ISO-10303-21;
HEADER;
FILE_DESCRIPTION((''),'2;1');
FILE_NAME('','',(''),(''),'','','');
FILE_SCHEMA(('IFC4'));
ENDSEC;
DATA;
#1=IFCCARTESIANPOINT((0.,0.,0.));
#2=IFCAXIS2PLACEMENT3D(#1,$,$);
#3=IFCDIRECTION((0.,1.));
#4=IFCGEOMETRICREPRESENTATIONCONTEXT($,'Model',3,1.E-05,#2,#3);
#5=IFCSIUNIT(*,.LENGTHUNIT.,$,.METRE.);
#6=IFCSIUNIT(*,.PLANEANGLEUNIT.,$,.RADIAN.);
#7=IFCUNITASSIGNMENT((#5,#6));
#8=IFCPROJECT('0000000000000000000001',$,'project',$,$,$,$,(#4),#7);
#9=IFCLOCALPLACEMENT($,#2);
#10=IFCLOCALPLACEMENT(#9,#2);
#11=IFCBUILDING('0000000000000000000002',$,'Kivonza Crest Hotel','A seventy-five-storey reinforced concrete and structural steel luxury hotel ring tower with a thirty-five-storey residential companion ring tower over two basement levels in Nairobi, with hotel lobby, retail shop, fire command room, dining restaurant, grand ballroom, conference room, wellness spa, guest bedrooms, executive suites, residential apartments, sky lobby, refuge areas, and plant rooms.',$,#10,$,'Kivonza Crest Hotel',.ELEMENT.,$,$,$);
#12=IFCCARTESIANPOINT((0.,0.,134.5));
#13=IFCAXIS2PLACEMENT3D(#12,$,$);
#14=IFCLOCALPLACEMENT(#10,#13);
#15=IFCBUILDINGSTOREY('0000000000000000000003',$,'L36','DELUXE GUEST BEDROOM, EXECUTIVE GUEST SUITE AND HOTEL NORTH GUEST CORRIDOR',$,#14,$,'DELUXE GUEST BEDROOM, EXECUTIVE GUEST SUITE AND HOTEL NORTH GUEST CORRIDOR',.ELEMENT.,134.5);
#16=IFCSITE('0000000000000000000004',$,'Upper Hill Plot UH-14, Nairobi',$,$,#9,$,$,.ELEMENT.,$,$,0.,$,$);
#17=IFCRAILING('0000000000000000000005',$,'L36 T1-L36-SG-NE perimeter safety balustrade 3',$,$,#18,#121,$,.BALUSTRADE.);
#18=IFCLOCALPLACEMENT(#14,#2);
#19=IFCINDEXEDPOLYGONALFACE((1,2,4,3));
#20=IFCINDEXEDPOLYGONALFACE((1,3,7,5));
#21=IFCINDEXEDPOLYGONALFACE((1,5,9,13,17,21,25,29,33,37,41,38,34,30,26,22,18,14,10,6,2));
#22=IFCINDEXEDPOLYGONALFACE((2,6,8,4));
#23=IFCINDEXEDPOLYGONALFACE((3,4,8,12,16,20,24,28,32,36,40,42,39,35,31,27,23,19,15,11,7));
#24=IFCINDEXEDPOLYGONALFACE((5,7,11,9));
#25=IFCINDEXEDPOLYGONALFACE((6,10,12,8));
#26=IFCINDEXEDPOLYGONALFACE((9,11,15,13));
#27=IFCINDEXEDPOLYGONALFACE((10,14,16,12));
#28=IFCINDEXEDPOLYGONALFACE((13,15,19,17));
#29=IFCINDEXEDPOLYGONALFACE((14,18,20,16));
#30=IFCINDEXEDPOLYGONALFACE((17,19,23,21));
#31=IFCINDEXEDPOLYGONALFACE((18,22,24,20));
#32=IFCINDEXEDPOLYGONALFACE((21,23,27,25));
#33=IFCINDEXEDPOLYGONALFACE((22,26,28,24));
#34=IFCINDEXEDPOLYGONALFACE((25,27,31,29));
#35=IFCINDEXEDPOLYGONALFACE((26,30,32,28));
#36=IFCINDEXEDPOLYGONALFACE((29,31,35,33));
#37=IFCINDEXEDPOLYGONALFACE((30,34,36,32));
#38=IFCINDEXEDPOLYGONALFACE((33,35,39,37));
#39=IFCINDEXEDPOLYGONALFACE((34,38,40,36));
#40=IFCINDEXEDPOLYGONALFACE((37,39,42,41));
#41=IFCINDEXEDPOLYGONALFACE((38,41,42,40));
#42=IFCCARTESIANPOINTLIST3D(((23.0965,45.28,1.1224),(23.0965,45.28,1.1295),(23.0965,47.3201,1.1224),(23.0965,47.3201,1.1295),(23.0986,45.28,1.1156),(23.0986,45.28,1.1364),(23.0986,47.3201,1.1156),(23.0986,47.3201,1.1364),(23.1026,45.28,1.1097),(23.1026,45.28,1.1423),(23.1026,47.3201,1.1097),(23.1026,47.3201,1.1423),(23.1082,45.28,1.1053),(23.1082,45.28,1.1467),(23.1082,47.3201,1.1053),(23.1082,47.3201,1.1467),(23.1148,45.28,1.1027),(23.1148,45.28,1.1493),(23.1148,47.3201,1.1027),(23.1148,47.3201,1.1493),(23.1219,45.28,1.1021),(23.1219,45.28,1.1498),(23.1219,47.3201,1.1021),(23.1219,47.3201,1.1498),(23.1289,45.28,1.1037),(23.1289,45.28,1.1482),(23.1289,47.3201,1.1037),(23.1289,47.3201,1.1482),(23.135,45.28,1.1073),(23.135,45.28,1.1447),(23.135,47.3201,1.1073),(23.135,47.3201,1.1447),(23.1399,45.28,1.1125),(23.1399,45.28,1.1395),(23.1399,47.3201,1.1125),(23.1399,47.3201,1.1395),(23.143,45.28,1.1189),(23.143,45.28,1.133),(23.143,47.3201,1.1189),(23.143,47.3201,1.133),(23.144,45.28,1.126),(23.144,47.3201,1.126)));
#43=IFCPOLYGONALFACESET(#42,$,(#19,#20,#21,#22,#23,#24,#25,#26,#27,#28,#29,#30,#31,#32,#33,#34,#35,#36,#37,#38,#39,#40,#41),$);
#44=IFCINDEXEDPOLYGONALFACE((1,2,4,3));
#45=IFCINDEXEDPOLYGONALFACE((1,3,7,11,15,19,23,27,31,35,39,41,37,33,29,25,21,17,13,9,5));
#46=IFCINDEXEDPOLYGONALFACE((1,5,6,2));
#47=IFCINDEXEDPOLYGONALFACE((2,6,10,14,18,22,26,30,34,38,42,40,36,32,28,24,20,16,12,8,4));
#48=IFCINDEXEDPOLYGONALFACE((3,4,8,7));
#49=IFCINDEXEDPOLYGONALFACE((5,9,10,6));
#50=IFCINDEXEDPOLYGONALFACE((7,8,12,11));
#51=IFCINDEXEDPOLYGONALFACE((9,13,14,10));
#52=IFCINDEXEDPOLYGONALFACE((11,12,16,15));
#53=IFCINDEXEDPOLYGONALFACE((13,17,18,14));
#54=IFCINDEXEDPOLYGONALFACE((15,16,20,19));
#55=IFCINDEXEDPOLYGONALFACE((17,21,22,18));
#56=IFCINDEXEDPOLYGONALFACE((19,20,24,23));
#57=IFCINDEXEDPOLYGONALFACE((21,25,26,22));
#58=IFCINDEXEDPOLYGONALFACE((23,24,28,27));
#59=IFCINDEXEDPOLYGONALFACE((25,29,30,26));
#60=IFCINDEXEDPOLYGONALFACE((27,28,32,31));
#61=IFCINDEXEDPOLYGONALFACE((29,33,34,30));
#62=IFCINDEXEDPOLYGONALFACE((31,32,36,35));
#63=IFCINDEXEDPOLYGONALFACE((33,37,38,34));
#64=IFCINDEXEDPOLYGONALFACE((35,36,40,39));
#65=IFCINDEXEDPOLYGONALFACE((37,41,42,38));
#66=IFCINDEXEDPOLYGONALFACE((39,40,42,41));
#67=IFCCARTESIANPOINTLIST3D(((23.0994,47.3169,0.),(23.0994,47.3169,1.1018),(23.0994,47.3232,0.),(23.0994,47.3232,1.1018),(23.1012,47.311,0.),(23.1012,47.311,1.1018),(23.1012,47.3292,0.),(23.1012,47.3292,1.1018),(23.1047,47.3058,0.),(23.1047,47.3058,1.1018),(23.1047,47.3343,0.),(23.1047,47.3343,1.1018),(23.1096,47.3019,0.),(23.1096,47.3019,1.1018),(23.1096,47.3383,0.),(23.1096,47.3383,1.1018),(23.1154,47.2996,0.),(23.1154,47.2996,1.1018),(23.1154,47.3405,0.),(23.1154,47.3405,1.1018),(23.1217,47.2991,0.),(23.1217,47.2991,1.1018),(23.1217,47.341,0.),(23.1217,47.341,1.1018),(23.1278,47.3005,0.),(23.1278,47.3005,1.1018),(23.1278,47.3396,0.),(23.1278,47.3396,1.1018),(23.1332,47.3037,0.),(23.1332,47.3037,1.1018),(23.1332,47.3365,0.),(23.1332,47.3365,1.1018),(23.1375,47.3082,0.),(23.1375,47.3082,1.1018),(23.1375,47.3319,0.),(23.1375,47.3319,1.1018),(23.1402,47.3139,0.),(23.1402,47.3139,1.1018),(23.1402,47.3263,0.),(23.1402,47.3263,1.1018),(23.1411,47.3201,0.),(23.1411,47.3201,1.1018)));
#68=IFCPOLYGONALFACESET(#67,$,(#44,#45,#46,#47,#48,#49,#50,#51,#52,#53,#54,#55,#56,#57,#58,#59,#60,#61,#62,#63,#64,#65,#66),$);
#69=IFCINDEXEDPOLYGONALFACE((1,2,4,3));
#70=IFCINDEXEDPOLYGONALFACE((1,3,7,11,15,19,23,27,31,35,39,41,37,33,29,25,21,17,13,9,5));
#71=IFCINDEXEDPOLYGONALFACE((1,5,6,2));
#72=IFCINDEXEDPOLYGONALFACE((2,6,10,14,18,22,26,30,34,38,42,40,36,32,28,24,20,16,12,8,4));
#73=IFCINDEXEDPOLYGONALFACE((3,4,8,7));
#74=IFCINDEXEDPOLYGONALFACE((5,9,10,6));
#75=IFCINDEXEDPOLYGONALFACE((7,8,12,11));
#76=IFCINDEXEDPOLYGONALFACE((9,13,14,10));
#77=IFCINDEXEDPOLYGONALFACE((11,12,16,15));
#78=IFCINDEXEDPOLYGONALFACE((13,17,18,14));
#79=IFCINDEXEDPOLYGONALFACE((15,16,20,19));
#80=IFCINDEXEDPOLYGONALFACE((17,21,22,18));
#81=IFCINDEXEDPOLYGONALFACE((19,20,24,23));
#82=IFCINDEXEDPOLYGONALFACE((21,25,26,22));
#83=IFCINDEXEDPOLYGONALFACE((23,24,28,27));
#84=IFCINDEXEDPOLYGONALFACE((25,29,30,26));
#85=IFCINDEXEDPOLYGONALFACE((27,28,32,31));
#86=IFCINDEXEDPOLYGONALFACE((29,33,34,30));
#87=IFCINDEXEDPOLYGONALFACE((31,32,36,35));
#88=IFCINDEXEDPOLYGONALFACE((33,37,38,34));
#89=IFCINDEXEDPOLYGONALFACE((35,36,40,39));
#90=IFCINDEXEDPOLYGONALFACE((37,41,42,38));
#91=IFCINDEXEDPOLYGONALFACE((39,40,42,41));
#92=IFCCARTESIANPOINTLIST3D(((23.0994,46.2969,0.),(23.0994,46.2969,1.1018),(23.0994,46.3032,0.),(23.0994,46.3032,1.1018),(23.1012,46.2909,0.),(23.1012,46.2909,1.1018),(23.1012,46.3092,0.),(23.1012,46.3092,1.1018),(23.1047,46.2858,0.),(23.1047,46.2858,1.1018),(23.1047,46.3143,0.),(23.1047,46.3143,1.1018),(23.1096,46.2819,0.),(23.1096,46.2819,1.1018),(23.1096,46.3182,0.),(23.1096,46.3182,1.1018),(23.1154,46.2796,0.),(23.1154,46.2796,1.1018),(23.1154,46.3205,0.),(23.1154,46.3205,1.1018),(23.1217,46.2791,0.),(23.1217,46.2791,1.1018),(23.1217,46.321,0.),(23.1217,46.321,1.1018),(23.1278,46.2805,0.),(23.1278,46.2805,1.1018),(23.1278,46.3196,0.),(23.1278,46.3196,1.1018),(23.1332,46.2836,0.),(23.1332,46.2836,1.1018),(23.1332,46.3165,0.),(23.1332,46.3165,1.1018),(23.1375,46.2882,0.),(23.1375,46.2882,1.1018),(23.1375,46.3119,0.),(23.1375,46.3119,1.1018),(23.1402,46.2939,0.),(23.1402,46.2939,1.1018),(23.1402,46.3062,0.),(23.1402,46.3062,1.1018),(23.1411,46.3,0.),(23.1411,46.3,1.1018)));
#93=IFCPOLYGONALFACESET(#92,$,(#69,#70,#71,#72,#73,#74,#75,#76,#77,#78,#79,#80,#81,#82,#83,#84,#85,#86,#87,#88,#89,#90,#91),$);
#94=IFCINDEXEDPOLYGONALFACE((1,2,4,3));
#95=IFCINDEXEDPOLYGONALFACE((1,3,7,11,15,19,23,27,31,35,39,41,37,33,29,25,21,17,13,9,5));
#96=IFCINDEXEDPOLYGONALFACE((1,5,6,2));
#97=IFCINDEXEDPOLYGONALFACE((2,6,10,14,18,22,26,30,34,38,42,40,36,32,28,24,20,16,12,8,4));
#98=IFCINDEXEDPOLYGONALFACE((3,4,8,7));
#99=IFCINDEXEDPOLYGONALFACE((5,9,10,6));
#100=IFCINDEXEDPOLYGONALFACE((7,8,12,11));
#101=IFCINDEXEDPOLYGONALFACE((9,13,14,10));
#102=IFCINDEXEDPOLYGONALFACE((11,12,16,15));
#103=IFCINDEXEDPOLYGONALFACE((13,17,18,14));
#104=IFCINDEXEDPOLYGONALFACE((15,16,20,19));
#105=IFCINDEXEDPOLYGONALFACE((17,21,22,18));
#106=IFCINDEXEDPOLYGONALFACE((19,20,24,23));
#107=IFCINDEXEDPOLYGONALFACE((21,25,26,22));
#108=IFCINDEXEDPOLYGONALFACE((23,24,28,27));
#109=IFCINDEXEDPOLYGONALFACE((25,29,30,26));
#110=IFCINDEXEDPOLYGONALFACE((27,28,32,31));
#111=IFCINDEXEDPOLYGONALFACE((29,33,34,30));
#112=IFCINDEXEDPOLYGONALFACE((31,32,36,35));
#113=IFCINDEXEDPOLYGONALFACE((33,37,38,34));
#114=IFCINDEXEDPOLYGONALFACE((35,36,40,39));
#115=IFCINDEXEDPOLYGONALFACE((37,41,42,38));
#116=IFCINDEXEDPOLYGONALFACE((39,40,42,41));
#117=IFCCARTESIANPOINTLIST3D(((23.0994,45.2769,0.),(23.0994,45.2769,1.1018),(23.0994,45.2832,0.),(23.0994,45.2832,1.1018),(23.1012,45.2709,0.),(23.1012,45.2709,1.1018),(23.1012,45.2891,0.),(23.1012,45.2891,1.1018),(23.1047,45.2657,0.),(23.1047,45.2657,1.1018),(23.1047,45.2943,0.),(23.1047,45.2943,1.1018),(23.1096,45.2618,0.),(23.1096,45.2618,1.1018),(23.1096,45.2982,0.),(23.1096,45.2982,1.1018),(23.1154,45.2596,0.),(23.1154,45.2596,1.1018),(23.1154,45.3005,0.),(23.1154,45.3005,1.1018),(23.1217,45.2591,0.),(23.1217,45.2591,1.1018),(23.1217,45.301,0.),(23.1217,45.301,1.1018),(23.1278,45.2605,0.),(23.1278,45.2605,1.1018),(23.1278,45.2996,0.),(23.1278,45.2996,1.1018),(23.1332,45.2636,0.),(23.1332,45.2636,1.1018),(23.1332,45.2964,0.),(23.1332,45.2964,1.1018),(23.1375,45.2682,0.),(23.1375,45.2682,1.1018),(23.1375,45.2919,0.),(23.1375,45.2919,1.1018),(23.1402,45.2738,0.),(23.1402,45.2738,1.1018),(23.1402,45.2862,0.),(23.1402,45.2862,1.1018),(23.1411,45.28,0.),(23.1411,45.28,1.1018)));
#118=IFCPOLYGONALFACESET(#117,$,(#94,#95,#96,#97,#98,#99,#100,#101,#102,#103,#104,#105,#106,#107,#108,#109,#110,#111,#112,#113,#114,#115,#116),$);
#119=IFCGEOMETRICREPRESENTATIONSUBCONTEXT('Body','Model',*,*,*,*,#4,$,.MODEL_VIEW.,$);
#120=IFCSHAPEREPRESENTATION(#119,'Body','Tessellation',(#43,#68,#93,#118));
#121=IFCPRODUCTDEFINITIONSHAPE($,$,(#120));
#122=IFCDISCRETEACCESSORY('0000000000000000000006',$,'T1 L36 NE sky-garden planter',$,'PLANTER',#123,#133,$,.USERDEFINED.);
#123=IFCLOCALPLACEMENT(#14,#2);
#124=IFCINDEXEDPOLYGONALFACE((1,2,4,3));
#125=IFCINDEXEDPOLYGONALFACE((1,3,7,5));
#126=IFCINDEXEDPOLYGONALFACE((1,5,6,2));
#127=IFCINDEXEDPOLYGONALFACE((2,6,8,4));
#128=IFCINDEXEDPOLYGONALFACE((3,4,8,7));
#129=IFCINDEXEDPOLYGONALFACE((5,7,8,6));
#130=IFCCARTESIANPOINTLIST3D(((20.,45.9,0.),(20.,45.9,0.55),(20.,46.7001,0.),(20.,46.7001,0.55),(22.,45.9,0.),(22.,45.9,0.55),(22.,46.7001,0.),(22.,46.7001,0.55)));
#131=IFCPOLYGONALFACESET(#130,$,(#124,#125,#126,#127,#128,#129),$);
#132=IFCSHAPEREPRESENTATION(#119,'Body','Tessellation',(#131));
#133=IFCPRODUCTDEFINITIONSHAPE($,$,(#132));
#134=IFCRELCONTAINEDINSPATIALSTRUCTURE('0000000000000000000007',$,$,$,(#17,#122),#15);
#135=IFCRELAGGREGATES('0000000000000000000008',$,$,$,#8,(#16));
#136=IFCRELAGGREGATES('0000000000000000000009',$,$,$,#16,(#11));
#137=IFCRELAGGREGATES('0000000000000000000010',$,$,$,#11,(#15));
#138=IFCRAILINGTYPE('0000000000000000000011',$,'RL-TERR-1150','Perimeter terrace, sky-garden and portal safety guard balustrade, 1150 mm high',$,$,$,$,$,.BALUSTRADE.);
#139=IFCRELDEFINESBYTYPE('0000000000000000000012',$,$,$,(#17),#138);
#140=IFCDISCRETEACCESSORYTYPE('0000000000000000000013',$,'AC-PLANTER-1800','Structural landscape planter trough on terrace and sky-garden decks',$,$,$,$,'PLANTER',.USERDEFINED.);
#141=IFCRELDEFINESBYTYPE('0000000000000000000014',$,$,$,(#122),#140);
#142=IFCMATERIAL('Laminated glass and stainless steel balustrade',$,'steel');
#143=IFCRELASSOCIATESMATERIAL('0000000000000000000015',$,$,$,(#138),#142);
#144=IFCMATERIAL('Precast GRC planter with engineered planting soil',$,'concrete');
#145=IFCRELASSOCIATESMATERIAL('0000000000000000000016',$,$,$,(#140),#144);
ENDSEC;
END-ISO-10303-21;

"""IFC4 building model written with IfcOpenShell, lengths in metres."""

from ifc_helpers import new_model, si_unit, direction, frame, origin, origin_2d, place, context, subcontext, project, spatial, rectangle, circle, extrude, material, type_object, element, save


model = new_model("IFC4")

# Units and contexts
model_context = context("Model", 3, precision=1e-05, world=origin(), true_north=direction((0.0, 1.0)))
body_context = subcontext(model_context, "Body", "Model", "MODEL_VIEW")
ifc_project = project(units=[si_unit("LENGTHUNIT", "METRE"), si_unit("PLANEANGLEUNIT", "RADIAN")], contexts=[model_context])

# Site, building, storey
site_placement = place(None, origin())
site = spatial("IfcSite", under=ifc_project, at=site_placement, Name="Upper Hill Plot UH-14, Nairobi", CompositionType="ELEMENT", RefElevation=0.0)
building_placement = place(site_placement, origin())
building = spatial("IfcBuilding", under=site, at=building_placement, Name="Kivonza Crest Hotel", Description="A seventy-five-storey reinforced concrete and structural steel luxury hotel ring tower with a thirty-five-storey residential companion ring tower over two basement levels in Nairobi, with hotel lobby, retail shop, fire command room, dining restaurant, grand ballroom, conference room, wellness spa, guest bedrooms, executive suites, residential apartments, sky lobby, refuge areas, and plant rooms.", LongName="Kivonza Crest Hotel", CompositionType="ELEMENT")
storey_placement = place(building_placement, frame((0.0, 0.0, 134.5)))
storey = spatial("IfcBuildingStorey", under=building, at=storey_placement, Name="L36", Description="DELUXE GUEST BEDROOM, EXECUTIVE GUEST SUITE AND HOTEL NORTH GUEST CORRIDOR", LongName="DELUXE GUEST BEDROOM, EXECUTIVE GUEST SUITE AND HOTEL NORTH GUEST CORRIDOR", CompositionType="ELEMENT", Elevation=134.5)

# Railing
ifc_material_1 = material(Name="Laminated glass and stainless steel balustrade", Category="steel")
railing_type = type_object("IfcRailingType", Name="RL-TERR-1150", Description="Perimeter terrace, sky-garden and portal safety guard balustrade, 1150 mm high", PredefinedType="BALUSTRADE", material=ifc_material_1)
railing_1_placement = place(storey_placement, frame((23.1201, 47.3201, 0.0)))
element("IfcRailing", 1, at=railing_1_placement, inside=storey, type_object=railing_type, Name="L36 T1-L36-SG-NE perimeter safety balustrade 3", PredefinedType="BALUSTRADE", context=body_context, shape_type="SweptSolid", body=[
    extrude(circle(Radius=0.0239, at=origin_2d()), frame((0.0, 0.0, 1.126), z_axis=(0.0, -1.0, 0.0), x_axis=(1.0, 0.0, 0.0)), (0.0, 0.0, 1.0), 2.04),
    extrude(circle(Radius=0.021, at=origin_2d()), origin(), (0.0, 0.0, 1.0), 1.1018),
    extrude(circle(Radius=0.021, at=origin_2d()), frame((0.0, -1.02, 0.0)), (0.0, 0.0, 1.0), 1.1018),
    extrude(circle(Radius=0.021, at=origin_2d()), frame((0.0, -2.04, 0.0)), (0.0, 0.0, 1.0), 1.1018),
])

# Discrete accessory
ifc_material_2 = material(Name="Precast GRC planter with engineered planting soil", Category="concrete")
discrete_accessory_type = type_object("IfcDiscreteAccessoryType", Name="AC-PLANTER-1800", Description="Structural landscape planter trough on terrace and sky-garden decks", ElementType="PLANTER", PredefinedType="USERDEFINED", material=ifc_material_2)
discrete_accessory_placement = place(storey_placement, frame((21.0, 46.3, 0.0), z_axis=(0.0, 0.0, 1.0), x_axis=(1.0, 0.0, 0.0)))
element("IfcDiscreteAccessory", 2, at=discrete_accessory_placement, inside=storey, type_object=discrete_accessory_type, Name="T1 L36 NE sky-garden planter", ObjectType="PLANTER", PredefinedType="USERDEFINED", context=body_context, shape_type="SweptSolid", body=[
    extrude(rectangle(XDim=2.0, YDim=0.8, at=origin_2d()), origin(), (0.0, 0.0, 1.0), 0.55),
])

save(model, "model.ifc")
